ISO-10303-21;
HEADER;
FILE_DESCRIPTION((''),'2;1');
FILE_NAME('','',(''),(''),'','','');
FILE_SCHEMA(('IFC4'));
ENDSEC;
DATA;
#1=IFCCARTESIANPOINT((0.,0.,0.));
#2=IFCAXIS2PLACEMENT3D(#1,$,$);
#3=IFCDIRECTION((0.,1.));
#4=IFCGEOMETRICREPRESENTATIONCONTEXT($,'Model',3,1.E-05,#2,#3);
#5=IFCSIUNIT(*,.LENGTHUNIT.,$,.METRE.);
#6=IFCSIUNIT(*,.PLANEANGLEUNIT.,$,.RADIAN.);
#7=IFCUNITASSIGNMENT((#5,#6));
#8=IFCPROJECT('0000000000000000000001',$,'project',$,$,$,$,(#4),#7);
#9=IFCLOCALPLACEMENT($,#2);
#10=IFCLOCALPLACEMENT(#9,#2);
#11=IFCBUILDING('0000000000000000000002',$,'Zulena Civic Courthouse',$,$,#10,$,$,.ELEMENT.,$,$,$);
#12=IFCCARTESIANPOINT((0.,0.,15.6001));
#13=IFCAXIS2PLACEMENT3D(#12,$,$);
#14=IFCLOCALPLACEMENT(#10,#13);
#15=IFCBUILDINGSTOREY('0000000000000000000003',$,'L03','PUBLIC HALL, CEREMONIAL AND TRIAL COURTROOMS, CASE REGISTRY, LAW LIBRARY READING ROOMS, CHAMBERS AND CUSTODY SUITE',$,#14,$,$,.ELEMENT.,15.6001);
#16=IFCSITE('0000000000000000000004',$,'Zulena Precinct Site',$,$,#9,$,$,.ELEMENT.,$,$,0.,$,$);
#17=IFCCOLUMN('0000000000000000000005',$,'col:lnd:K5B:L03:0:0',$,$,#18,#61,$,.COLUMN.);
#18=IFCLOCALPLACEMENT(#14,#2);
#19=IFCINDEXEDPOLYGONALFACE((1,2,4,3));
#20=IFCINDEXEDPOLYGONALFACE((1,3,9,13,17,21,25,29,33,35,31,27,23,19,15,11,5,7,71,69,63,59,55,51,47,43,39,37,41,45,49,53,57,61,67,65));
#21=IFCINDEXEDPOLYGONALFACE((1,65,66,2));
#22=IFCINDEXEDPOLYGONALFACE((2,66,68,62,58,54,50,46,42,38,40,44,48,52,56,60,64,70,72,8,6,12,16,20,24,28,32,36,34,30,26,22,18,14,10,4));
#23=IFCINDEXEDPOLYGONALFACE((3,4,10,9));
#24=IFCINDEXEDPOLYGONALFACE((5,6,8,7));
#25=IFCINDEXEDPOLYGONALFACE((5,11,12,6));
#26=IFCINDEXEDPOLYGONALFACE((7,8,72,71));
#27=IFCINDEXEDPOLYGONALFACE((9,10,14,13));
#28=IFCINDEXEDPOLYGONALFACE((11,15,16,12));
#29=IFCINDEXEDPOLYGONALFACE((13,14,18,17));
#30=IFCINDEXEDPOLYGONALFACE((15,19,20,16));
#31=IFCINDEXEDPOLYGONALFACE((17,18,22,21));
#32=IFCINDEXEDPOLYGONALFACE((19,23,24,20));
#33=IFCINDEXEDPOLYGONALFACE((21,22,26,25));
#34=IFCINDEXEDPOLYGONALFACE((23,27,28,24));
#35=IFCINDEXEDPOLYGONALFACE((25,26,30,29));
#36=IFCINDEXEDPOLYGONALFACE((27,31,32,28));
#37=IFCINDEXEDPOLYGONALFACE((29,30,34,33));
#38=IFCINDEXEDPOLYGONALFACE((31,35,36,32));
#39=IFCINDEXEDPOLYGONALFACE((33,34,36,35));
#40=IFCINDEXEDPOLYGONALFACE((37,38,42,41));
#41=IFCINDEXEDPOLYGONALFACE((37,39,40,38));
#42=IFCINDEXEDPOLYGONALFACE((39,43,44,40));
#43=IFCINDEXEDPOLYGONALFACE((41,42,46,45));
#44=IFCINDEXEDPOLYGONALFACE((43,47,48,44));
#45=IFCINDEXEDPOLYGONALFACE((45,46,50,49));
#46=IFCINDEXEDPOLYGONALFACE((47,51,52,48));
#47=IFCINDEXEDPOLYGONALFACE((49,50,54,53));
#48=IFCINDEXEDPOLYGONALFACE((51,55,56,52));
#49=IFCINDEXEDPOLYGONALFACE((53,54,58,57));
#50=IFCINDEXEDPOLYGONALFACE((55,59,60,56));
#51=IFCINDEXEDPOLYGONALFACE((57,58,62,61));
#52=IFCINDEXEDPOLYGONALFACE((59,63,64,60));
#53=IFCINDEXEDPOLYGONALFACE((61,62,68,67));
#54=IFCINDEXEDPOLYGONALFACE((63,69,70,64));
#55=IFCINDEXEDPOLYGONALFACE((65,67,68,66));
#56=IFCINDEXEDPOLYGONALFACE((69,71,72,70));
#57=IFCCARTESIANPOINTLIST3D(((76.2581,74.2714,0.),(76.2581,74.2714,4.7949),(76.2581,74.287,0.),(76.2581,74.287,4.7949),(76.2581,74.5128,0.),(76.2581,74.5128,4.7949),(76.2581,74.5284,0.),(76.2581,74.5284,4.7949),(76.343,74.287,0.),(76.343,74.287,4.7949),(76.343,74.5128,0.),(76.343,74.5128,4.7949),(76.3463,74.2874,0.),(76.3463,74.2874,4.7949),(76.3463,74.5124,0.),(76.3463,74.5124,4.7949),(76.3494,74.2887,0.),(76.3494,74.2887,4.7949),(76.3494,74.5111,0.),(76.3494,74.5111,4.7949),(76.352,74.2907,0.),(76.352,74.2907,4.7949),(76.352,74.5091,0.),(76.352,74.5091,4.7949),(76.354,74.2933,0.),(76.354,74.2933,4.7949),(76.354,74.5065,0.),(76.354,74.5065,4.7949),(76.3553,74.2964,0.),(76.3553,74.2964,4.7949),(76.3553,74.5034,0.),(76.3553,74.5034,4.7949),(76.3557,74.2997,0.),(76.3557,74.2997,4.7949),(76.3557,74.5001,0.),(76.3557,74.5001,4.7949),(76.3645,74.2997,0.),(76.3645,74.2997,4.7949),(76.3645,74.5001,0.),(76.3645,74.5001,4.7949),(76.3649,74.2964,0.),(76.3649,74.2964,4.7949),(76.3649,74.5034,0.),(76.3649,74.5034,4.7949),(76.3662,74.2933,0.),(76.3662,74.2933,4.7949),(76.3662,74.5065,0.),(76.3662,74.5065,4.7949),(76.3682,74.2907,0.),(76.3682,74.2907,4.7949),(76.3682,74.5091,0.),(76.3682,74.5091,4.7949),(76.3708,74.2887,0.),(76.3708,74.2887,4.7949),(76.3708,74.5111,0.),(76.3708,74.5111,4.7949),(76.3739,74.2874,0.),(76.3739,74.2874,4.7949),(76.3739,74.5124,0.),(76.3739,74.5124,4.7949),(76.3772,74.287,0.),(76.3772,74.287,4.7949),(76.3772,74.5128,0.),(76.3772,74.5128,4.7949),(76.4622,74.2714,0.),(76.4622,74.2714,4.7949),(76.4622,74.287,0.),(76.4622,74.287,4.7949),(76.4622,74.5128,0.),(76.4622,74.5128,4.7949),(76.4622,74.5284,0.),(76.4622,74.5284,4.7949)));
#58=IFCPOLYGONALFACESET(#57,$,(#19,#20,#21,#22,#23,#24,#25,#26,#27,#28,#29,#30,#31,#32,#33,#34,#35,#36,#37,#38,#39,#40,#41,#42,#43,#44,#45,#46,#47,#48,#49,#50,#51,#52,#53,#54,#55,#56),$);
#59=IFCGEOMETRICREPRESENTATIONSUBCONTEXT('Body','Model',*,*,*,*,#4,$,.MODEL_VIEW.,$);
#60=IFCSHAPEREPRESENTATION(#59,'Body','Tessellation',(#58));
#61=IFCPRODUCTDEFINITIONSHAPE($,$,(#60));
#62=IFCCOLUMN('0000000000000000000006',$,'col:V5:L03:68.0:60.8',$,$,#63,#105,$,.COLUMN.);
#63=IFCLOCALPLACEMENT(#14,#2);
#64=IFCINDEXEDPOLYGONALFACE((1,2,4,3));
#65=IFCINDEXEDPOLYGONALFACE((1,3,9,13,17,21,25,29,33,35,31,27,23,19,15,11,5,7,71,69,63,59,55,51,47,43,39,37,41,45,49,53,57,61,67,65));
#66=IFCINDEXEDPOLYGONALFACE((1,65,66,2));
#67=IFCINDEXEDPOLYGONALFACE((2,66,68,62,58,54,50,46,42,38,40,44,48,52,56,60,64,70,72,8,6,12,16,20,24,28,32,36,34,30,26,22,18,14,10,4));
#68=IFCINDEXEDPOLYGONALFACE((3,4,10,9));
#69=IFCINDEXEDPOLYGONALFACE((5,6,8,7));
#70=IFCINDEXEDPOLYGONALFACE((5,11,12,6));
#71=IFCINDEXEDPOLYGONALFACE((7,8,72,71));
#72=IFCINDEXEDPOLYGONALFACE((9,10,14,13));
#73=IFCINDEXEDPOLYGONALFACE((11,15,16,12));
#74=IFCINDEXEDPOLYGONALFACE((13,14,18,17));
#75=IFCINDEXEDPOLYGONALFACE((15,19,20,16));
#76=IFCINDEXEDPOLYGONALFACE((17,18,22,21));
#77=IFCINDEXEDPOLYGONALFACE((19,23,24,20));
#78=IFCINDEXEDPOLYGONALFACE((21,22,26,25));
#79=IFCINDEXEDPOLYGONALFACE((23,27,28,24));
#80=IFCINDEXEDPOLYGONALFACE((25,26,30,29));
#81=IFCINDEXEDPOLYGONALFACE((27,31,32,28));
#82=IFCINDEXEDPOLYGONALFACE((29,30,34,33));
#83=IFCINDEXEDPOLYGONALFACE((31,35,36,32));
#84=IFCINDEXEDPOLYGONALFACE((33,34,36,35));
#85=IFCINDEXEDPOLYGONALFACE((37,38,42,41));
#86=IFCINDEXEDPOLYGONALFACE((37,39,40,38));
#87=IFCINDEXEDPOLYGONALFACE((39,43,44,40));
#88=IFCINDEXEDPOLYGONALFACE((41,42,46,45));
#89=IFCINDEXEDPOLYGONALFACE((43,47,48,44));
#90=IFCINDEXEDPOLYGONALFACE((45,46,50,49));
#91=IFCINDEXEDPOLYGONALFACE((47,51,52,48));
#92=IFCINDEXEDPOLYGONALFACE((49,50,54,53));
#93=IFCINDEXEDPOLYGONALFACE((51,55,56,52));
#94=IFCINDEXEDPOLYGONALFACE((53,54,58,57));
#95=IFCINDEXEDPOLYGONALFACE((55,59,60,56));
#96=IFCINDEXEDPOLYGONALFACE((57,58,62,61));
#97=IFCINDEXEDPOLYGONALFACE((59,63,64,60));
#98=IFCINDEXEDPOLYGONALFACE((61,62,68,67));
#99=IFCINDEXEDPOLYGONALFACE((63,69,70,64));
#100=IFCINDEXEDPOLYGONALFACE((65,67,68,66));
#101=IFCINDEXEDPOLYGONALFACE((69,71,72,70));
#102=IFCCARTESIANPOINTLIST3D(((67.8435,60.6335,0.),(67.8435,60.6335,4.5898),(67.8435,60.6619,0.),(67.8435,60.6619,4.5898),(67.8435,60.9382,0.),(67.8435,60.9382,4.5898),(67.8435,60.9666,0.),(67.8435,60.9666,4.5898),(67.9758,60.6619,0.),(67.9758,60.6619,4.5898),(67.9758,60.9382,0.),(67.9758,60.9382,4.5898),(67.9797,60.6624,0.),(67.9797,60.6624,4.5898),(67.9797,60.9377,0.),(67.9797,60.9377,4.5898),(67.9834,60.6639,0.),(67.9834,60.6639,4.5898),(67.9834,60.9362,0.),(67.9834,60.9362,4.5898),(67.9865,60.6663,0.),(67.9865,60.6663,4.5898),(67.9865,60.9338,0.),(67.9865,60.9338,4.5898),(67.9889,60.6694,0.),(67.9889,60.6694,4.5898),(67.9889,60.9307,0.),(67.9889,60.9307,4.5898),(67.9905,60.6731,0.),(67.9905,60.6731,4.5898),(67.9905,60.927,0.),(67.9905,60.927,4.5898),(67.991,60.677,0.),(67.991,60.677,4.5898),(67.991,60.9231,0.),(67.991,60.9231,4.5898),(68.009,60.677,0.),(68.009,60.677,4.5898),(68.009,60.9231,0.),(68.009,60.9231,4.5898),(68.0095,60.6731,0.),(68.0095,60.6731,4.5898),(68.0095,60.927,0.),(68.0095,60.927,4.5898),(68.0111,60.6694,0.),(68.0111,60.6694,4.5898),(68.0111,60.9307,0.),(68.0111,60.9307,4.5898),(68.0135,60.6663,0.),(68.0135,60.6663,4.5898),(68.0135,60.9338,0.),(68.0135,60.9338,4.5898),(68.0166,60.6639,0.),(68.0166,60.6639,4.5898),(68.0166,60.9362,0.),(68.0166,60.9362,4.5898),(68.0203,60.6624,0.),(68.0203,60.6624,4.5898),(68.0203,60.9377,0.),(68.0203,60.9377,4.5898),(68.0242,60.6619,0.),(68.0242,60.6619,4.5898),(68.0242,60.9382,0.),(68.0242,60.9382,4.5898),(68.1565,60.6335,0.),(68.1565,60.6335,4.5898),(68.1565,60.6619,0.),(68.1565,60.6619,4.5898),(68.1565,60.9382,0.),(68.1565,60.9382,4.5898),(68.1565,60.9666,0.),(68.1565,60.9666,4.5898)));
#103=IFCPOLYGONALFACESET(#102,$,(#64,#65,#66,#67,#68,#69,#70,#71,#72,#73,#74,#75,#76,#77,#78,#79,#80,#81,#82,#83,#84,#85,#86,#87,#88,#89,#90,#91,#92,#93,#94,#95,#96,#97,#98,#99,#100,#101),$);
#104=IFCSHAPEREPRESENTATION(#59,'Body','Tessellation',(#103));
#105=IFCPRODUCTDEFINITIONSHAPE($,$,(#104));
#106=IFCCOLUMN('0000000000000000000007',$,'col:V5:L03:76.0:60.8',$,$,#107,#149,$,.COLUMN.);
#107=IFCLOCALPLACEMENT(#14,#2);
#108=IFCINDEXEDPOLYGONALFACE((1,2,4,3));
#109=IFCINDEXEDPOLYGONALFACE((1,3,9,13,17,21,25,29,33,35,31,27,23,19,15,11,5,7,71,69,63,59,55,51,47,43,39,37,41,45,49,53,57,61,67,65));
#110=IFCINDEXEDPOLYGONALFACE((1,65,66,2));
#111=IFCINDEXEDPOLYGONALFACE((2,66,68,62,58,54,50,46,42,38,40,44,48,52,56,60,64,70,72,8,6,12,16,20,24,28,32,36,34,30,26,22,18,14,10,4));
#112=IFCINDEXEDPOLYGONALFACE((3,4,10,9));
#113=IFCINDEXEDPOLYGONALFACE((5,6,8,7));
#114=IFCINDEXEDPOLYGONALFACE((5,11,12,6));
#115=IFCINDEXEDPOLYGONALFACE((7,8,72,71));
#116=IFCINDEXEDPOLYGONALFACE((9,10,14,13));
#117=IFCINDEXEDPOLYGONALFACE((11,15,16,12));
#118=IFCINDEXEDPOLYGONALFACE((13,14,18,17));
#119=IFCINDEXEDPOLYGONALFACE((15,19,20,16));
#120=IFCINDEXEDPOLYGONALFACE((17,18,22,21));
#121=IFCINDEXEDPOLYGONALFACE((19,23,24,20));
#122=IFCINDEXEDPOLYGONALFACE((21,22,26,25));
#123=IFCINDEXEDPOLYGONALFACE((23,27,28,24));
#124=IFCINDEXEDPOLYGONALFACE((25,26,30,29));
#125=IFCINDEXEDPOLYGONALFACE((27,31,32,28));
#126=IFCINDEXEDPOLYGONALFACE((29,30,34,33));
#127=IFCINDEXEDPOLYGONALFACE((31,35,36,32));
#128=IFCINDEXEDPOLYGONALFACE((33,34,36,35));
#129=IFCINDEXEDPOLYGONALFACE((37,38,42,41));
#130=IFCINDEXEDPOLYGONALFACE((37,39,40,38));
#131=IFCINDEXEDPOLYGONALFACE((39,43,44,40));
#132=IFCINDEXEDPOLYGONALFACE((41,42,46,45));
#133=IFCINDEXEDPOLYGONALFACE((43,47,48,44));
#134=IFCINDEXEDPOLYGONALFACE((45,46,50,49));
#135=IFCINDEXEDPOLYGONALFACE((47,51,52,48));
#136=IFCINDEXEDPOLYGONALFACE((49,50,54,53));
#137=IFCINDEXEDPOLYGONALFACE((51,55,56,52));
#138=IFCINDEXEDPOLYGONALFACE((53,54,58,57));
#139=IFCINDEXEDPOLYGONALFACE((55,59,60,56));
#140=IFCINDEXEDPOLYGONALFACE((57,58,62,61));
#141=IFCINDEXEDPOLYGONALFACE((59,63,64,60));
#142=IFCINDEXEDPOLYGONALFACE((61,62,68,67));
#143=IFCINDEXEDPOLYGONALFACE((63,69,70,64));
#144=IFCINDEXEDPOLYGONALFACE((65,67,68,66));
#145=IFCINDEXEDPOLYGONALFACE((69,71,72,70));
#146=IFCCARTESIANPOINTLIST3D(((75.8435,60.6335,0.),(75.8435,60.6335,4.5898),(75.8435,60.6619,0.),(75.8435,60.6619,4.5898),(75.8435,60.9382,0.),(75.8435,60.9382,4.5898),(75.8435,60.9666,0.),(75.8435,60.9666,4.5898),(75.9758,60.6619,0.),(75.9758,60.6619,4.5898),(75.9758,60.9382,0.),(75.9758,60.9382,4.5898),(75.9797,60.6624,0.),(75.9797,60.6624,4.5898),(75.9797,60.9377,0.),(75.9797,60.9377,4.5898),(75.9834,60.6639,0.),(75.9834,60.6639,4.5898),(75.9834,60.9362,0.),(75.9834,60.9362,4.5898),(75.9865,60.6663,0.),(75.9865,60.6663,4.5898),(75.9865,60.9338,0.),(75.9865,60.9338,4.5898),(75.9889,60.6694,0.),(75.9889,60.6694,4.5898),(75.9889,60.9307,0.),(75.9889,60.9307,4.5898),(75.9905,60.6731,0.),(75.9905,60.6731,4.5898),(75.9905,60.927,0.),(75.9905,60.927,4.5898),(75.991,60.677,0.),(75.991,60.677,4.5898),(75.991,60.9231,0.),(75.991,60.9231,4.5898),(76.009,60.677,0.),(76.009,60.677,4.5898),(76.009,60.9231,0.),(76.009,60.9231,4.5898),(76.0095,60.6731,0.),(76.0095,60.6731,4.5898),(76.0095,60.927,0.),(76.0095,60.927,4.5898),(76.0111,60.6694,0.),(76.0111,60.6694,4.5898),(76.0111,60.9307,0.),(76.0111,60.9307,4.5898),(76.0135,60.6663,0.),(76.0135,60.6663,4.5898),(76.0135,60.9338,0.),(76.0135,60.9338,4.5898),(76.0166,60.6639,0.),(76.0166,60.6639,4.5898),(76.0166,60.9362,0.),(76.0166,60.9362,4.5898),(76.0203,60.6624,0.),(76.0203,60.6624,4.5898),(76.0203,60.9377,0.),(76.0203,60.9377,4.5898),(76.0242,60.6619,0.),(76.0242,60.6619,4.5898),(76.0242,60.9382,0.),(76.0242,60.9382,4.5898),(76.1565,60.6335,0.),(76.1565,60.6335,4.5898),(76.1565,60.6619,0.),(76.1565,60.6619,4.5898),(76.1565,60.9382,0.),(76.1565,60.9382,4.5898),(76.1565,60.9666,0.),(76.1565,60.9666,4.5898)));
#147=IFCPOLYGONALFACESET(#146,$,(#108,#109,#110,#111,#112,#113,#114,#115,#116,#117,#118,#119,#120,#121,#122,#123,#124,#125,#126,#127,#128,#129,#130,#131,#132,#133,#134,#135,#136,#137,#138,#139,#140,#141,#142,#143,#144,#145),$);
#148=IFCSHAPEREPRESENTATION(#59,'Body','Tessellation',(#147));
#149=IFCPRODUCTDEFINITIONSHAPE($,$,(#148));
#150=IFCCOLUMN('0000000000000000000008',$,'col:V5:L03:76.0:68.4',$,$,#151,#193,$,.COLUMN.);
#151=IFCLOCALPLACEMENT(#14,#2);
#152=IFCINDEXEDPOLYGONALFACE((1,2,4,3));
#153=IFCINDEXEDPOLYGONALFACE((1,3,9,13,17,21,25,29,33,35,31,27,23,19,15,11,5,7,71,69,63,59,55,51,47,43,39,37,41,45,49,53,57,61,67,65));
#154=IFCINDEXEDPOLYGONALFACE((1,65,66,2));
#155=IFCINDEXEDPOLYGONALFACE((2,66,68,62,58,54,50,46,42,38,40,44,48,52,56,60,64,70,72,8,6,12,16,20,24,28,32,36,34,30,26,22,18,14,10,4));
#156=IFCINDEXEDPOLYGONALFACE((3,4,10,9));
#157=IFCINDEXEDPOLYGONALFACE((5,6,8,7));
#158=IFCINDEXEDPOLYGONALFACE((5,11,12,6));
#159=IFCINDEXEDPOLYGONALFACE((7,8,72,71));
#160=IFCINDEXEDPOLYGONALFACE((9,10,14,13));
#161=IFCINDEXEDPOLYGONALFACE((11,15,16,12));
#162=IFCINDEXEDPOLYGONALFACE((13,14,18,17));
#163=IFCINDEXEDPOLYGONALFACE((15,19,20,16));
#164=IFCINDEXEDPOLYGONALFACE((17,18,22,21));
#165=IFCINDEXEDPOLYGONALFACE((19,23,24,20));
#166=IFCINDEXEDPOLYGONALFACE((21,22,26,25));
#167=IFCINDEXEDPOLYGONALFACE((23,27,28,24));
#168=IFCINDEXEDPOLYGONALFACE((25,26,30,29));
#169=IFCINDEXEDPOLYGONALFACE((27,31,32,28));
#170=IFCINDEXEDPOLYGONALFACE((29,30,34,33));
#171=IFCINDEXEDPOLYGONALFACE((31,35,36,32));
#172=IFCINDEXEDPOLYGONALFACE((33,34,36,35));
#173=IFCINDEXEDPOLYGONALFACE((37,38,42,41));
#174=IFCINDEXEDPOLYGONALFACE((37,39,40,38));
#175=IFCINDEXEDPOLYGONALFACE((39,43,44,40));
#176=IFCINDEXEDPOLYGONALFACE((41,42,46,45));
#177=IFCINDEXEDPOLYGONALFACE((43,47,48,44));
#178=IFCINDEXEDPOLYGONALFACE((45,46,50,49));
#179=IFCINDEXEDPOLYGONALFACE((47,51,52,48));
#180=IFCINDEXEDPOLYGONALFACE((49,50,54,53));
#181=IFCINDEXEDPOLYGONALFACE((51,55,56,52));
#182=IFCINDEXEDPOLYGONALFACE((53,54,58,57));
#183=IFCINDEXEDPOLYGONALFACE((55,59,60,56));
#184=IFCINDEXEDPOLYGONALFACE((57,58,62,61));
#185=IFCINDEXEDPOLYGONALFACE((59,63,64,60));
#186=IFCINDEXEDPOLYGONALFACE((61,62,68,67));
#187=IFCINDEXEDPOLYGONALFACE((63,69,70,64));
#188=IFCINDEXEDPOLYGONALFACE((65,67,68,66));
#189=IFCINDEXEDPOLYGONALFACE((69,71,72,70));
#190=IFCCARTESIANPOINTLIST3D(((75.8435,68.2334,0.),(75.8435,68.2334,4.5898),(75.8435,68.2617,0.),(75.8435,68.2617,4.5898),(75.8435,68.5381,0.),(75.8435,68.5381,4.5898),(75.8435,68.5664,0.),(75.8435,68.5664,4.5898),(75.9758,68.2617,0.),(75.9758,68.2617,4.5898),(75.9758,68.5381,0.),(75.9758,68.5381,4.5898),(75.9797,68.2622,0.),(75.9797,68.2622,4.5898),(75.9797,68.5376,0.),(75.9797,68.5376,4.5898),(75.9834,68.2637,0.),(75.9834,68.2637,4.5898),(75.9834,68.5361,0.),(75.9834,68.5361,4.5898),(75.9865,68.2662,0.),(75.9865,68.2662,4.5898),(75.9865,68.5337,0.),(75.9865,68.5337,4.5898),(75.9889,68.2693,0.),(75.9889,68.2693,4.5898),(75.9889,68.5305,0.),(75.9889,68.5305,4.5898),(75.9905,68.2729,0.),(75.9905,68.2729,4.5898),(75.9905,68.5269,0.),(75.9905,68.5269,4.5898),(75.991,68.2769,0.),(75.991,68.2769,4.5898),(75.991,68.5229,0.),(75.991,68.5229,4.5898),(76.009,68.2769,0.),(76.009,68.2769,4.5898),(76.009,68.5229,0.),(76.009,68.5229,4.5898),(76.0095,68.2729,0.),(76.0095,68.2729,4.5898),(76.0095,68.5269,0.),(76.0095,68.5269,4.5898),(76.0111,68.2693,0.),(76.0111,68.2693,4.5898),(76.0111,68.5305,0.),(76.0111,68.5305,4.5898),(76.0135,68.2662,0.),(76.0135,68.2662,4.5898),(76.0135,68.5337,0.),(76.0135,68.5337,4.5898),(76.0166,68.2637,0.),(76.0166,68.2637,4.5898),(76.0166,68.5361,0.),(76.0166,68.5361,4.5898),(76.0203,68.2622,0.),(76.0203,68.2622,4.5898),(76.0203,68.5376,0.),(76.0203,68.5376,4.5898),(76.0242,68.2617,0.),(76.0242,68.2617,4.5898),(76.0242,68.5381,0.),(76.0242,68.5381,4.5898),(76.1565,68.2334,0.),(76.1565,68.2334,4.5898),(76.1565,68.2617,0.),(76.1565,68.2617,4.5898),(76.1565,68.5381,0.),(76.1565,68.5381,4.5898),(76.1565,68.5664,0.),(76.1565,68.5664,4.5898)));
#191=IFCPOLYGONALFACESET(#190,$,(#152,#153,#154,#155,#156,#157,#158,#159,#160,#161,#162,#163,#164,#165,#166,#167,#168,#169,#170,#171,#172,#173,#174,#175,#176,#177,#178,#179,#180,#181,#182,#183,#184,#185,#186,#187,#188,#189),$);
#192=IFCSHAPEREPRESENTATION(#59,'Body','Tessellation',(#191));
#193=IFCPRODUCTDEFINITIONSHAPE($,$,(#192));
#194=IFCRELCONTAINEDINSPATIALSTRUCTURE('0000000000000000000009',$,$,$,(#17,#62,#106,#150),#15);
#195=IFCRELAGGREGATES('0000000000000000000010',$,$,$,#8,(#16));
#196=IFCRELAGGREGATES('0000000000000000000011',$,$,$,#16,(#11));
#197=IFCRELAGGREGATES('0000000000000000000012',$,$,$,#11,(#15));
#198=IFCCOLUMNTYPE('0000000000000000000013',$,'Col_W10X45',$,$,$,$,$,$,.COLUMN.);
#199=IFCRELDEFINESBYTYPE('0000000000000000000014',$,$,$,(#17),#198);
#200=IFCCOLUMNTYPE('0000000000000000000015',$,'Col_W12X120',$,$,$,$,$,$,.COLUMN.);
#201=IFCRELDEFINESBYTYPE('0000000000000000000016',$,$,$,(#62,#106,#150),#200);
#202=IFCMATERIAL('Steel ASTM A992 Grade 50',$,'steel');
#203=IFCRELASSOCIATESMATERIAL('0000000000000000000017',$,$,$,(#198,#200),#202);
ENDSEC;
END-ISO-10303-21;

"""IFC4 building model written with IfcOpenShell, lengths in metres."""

from ifc_helpers import new_model, si_unit, direction, frame, origin, origin_2d, place, context, subcontext, project, spatial, i_section, extrude, material, material_profile, profile_set, type_object, element, save


model = new_model("IFC4")

# Units and contexts
model_context = context("Model", 3, precision=1e-05, world=origin(), true_north=direction((0.0, 1.0)))
body_context = subcontext(model_context, "Body", "Model", "MODEL_VIEW")
ifc_project = project(units=[si_unit("LENGTHUNIT", "METRE"), si_unit("PLANEANGLEUNIT", "RADIAN")], contexts=[model_context])

# Site, building, storey
site_placement = place(None, origin())
site = spatial("IfcSite", under=ifc_project, at=site_placement, Name="Zulena Precinct Site", CompositionType="ELEMENT", RefElevation=0.0)
building_placement = place(site_placement, origin())
building = spatial("IfcBuilding", under=site, at=building_placement, Name="Zulena Civic Courthouse", CompositionType="ELEMENT")
storey_placement = place(building_placement, frame((0.0, 0.0, 15.6001)))
storey = spatial("IfcBuildingStorey", under=building, at=storey_placement, Name="L03", Description="PUBLIC HALL, CEREMONIAL AND TRIAL COURTROOMS, CASE REGISTRY, LAW LIBRARY READING ROOMS, CHAMBERS AND CUSTODY SUITE", CompositionType="ELEMENT", Elevation=15.6001)

# Columns
ifc_material_1 = material(Name="Steel ASTM A992 Grade 50", Category="steel")
ifc_material_profile_1 = material_profile(ifc_material_1, i_section(OverallWidth=0.2041, OverallDepth=0.2571, WebThickness=0.0088, FlangeThickness=0.0156, FilletRadius=0.0127, at=origin_2d()), Name="W10X45")
ifc_profile_set_1 = profile_set([ifc_material_profile_1], Name="Steel ASTM A992 Grade 50")
column_type_1 = type_object("IfcColumnType", Name="Col_W10X45", PredefinedType="COLUMN", material=ifc_profile_set_1)
column_1_placement = place(storey_placement, frame((76.3601, 74.3999, 0.0), z_axis=(0.0, 0.0, 1.0), x_axis=(1.0, 0.0, 0.0)))
element("IfcColumn", 1, at=column_1_placement, inside=storey, type_object=column_type_1, Name="col:lnd:K5B:L03:0:0", PredefinedType="COLUMN", context=body_context, shape_type="SweptSolid", body=[
    extrude(i_section(OverallWidth=0.2041, OverallDepth=0.2571, WebThickness=0.0088, FlangeThickness=0.0156, FilletRadius=0.0127, at=origin_2d()), origin(), (0.0, 0.0, 1.0), 4.7949),
])
ifc_material_profile_2 = material_profile(ifc_material_1, i_section(OverallWidth=0.313, OverallDepth=0.333, WebThickness=0.0181, FlangeThickness=0.0283, FilletRadius=0.0151, at=origin_2d()), Name="W12X120")
ifc_profile_set_2 = profile_set([ifc_material_profile_2], Name="Steel ASTM A992 Grade 50")
column_type_2 = type_object("IfcColumnType", Name="Col_W12X120", PredefinedType="COLUMN", material=ifc_profile_set_2)
for number, where, z_axis, x_axis, name in (
    (2, (68.0, 60.8, 0.0), (0.0, 0.0, 1.0), (1.0, 0.0, 0.0), "col:V5:L03:68.0:60.8"),
    (3, (76.0, 60.8, 0.0), (0.0, 0.0, 1.0), (1.0, 0.0, 0.0), "col:V5:L03:76.0:60.8"),
    (4, (76.0, 68.3999, 0.0), (0.0, 0.0, 1.0), (1.0, 0.0, 0.0), "col:V5:L03:76.0:68.4"),
):
    element("IfcColumn", number, at=place(storey_placement, frame(where, z_axis=z_axis, x_axis=x_axis)), inside=storey, type_object=column_type_2, Name=name, PredefinedType="COLUMN", context=body_context, shape_type="SweptSolid", body=[
        extrude(i_section(OverallWidth=0.313, OverallDepth=0.333, WebThickness=0.0181, FlangeThickness=0.0283, FilletRadius=0.0151, at=origin_2d()), origin(), (0.0, 0.0, 1.0), 4.5898),
    ])

save(model, "model.ifc")
